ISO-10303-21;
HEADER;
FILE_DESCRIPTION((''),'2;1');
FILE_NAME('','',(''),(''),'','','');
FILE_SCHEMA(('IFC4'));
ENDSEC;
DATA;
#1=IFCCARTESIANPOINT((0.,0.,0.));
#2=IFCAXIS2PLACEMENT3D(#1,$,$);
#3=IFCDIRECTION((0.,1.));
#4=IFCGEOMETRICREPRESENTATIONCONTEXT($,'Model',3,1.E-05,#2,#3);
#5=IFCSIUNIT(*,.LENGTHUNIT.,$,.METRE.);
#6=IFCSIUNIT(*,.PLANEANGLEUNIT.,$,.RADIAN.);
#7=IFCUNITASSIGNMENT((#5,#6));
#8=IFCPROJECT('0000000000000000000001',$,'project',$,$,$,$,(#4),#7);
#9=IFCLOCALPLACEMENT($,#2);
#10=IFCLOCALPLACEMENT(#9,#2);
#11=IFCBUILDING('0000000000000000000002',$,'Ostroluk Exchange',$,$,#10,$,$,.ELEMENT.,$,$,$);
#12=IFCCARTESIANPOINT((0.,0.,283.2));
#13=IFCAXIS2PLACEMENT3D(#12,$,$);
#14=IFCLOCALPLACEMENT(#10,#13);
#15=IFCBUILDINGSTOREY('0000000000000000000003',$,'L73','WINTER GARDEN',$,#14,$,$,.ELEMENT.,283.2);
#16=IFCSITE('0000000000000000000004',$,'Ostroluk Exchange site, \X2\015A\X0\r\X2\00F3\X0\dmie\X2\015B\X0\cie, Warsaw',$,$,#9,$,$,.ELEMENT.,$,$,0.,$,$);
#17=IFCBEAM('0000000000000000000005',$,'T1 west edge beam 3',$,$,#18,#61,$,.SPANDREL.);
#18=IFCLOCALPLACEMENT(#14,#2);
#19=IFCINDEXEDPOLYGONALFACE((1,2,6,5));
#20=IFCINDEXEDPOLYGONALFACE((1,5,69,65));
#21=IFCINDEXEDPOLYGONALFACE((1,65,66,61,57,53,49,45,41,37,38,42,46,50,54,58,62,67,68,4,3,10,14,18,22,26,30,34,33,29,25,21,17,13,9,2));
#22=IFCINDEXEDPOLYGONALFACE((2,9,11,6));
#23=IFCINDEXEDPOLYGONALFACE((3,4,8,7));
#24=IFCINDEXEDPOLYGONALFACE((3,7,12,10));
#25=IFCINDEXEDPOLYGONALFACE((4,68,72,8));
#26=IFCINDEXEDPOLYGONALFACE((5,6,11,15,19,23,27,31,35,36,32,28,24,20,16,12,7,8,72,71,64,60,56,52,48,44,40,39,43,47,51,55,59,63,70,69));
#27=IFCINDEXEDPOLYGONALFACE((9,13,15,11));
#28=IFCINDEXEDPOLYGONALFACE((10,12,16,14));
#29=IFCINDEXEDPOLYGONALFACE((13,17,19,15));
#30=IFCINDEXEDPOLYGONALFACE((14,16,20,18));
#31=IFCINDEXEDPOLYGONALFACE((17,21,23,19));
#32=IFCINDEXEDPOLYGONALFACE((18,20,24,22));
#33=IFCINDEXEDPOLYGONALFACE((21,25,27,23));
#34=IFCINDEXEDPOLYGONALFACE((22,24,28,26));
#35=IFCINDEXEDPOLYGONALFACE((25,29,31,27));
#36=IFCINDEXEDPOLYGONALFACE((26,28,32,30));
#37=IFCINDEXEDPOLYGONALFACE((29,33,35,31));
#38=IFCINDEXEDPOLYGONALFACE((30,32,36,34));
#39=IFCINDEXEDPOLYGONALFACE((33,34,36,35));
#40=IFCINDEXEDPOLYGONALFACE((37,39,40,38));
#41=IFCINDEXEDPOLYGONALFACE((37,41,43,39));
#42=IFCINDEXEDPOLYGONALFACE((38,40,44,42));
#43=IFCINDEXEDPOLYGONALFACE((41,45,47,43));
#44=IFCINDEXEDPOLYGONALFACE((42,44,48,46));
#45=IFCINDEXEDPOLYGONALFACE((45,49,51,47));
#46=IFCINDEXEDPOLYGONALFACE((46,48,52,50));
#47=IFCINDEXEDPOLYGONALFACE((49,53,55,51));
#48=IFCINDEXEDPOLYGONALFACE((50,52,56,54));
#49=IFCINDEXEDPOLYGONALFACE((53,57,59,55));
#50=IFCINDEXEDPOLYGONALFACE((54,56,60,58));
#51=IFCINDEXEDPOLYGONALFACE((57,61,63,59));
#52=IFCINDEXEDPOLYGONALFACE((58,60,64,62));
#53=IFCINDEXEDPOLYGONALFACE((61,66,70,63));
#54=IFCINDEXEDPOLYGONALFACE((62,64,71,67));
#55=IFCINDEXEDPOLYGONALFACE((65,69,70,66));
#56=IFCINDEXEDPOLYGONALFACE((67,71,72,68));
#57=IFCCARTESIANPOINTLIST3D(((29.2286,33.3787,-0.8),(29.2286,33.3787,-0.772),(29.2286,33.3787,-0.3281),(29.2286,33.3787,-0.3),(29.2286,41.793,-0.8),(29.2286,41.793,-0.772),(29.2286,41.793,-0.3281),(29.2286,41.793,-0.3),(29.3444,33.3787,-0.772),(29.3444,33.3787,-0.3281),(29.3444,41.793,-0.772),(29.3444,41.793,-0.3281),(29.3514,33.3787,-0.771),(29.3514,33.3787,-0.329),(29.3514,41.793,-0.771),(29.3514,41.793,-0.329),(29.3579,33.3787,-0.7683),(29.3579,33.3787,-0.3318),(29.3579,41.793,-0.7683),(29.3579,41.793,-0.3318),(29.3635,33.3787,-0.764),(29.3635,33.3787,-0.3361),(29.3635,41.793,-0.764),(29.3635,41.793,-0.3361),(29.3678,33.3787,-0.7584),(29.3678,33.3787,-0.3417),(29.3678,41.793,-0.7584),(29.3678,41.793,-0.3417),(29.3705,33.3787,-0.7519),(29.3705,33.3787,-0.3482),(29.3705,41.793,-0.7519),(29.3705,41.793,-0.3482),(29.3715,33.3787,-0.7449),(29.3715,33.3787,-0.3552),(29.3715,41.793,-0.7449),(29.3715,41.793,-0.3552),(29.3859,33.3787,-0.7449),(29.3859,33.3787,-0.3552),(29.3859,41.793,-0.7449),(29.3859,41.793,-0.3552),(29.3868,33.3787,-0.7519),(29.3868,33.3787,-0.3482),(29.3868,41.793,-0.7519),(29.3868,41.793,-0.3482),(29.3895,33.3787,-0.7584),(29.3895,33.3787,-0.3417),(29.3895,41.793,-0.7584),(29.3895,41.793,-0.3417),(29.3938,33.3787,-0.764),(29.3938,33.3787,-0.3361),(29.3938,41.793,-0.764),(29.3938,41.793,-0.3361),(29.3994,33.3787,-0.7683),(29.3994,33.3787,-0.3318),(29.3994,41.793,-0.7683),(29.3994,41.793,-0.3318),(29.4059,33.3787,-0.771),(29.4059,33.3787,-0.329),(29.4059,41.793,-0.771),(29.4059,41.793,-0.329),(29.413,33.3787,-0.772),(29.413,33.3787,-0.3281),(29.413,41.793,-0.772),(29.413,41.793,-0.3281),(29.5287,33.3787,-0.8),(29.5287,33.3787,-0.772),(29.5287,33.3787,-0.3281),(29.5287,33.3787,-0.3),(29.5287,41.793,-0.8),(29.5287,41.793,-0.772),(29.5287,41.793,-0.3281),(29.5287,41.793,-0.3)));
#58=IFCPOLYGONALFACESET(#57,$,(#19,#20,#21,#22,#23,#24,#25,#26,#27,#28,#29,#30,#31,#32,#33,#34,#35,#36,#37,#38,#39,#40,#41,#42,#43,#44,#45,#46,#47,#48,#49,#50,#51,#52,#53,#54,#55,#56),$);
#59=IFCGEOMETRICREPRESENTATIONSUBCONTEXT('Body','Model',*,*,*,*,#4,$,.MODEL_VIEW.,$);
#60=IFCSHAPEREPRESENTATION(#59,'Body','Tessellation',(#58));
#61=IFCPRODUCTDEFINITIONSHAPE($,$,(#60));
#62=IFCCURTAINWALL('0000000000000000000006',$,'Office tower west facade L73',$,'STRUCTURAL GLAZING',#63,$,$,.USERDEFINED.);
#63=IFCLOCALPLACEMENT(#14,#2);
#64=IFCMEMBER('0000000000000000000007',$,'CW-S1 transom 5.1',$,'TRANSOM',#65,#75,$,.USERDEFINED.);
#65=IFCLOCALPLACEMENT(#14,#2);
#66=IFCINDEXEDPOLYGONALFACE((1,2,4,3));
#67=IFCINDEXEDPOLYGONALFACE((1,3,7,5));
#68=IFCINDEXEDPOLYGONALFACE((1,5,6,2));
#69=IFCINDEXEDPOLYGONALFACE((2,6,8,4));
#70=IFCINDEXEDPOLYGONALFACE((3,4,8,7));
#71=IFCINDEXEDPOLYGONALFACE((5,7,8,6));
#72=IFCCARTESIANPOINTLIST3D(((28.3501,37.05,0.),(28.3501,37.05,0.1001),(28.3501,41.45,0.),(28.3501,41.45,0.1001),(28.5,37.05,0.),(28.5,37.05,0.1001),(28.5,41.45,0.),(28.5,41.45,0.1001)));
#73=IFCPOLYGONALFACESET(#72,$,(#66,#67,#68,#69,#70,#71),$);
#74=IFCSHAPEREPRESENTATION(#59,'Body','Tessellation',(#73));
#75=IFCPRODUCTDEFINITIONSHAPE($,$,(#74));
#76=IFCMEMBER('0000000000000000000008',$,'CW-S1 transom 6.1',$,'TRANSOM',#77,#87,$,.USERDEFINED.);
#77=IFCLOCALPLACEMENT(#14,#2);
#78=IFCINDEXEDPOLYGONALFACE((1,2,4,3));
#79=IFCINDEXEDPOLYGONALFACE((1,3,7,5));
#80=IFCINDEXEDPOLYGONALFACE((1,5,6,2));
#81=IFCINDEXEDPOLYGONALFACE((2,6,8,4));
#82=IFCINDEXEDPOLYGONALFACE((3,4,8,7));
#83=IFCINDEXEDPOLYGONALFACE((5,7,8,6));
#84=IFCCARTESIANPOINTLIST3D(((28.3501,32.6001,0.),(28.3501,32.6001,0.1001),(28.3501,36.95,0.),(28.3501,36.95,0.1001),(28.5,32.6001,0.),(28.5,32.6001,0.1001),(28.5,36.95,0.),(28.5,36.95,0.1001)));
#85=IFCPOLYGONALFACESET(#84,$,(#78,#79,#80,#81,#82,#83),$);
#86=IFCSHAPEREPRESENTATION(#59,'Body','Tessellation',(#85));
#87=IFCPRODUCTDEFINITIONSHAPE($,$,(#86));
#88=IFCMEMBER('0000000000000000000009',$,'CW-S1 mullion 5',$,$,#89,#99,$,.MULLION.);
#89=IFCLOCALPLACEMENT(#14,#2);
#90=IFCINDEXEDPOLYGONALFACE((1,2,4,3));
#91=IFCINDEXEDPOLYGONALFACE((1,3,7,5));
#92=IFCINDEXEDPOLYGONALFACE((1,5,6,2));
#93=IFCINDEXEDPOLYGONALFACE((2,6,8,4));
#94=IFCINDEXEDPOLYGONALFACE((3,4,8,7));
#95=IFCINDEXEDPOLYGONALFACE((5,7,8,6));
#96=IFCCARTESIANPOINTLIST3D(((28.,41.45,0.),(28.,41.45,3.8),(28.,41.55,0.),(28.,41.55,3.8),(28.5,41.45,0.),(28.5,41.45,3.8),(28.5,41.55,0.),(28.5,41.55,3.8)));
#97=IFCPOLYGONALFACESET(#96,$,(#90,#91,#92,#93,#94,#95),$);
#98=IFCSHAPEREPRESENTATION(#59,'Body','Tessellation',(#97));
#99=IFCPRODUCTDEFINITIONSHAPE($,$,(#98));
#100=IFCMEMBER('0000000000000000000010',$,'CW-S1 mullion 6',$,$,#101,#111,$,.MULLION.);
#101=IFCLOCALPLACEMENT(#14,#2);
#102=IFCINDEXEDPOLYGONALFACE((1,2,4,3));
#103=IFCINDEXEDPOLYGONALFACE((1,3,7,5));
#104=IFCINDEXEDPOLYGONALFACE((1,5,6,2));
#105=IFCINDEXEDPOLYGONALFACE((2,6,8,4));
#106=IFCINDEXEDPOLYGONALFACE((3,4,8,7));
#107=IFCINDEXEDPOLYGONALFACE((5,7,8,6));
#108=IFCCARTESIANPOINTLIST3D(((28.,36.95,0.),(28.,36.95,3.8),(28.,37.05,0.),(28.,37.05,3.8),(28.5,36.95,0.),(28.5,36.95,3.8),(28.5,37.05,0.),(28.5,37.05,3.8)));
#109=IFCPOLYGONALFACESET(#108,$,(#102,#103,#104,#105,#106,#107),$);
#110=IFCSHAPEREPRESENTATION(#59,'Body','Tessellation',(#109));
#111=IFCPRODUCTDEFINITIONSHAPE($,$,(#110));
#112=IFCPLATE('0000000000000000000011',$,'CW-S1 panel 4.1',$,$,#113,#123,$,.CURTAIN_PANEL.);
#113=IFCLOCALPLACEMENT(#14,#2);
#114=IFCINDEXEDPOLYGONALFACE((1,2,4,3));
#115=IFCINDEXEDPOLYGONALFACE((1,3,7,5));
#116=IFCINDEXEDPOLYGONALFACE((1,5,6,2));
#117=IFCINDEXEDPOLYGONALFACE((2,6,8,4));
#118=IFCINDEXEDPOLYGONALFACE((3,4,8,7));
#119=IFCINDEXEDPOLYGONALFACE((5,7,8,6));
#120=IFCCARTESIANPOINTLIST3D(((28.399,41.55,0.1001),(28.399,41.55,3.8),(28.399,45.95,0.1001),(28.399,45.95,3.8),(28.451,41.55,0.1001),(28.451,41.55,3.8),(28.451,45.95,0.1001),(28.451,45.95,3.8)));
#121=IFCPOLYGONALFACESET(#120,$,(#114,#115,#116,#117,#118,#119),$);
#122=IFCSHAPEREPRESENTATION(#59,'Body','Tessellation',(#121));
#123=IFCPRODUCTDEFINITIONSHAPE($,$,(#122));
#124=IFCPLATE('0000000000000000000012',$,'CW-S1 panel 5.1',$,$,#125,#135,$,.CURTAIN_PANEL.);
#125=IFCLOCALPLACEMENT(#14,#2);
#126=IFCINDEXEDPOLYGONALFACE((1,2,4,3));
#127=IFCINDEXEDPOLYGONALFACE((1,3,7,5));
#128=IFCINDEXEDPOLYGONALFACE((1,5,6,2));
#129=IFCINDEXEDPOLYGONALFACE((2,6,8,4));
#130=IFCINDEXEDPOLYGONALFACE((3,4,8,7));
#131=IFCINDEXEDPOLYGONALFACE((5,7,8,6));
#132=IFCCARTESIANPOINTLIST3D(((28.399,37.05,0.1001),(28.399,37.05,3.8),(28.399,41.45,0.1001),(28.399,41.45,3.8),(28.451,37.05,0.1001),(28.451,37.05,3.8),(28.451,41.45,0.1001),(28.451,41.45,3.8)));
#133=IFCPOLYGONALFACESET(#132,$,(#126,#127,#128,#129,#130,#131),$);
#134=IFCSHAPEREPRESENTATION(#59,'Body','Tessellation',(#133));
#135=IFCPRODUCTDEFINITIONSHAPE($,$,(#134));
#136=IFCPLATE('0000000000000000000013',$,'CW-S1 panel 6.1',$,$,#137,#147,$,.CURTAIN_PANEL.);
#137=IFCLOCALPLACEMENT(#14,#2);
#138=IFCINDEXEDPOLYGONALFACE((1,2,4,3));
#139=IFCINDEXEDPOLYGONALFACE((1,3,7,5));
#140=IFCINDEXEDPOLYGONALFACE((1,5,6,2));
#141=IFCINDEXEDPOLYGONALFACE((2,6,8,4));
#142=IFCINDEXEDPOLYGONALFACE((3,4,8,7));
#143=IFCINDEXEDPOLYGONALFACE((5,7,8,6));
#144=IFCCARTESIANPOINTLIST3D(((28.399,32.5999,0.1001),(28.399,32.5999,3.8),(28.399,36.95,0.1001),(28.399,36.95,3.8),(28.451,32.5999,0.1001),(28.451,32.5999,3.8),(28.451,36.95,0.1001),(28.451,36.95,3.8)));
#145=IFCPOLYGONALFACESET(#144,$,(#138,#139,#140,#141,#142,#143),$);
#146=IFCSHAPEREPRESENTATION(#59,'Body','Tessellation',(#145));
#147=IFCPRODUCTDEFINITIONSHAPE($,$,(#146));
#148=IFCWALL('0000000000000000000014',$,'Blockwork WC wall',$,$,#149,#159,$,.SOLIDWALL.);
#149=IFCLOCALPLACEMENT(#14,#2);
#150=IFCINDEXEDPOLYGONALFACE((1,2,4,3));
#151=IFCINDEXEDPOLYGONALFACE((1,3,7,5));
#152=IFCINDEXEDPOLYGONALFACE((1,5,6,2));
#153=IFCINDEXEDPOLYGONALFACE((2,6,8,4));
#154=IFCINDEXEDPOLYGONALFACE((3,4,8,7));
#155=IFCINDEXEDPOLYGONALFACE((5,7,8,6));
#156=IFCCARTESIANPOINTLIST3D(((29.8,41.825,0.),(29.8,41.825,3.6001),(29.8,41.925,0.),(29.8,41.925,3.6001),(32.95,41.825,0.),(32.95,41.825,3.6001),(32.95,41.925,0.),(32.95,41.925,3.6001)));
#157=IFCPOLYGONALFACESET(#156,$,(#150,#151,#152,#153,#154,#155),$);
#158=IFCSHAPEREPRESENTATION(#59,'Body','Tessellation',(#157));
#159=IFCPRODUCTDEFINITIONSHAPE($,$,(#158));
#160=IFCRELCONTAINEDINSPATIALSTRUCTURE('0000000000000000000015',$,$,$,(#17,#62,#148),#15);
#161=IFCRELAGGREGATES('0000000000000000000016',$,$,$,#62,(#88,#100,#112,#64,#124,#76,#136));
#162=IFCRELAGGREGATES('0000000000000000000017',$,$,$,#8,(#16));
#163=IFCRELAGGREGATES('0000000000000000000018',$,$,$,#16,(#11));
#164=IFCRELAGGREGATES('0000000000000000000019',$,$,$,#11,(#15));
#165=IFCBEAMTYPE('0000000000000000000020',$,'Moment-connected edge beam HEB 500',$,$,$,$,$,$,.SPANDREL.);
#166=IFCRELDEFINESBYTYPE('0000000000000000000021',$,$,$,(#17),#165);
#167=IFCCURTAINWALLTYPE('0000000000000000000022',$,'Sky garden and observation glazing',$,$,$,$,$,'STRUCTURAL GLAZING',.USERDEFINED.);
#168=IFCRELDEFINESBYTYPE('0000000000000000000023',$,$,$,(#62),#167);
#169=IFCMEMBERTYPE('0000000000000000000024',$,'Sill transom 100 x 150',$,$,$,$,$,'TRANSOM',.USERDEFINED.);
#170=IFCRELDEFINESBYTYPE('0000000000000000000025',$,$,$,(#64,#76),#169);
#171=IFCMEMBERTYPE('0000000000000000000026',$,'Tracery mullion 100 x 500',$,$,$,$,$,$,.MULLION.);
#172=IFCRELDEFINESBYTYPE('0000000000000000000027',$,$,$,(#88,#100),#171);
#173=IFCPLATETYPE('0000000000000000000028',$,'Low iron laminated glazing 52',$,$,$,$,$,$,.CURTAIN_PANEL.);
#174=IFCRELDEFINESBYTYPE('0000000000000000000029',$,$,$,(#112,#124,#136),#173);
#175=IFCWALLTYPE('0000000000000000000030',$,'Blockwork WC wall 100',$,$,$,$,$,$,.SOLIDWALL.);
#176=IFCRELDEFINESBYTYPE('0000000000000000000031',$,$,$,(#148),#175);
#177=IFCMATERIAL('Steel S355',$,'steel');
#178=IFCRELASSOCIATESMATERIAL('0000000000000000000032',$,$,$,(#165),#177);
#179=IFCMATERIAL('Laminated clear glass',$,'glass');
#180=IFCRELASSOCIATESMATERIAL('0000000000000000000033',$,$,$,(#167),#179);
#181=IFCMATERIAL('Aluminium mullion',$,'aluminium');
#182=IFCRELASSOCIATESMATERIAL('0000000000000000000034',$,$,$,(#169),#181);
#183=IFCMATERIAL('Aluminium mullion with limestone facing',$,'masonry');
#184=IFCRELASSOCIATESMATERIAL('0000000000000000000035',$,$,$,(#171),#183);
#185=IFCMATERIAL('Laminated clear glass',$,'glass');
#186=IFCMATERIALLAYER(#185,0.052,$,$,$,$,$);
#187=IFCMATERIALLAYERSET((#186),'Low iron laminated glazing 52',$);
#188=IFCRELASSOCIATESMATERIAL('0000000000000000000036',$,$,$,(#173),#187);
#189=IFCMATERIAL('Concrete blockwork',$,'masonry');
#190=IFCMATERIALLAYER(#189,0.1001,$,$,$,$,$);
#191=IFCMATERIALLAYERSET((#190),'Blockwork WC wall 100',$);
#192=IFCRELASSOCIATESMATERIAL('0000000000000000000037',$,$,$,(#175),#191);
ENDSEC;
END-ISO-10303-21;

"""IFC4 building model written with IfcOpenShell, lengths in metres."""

from ifc_helpers import new_model, si_unit, direction, frame, frame_2d, origin, origin_2d, place, context, subcontext, project, spatial, rectangle, i_section, extrude, material, layer, layer_set, material_profile, profile_set, type_object, element, aggregate, save


model = new_model("IFC4")

# Units and contexts
model_context = context("Model", 3, precision=1e-05, world=origin(), true_north=direction((0.0, 1.0)))
body_context = subcontext(model_context, "Body", "Model", "MODEL_VIEW")
ifc_project = project(units=[si_unit("LENGTHUNIT", "METRE"), si_unit("PLANEANGLEUNIT", "RADIAN")], contexts=[model_context])

# Site, building, storey
site_placement = place(None, origin())
site = spatial("IfcSite", under=ifc_project, at=site_placement, Name="Ostroluk Exchange site, Śródmieście, Warsaw", CompositionType="ELEMENT", RefElevation=0.0)
building_placement = place(site_placement, origin())
building = spatial("IfcBuilding", under=site, at=building_placement, Name="Ostroluk Exchange", CompositionType="ELEMENT")
storey_placement = place(building_placement, frame((0.0, 0.0, 283.2)))
storey = spatial("IfcBuildingStorey", under=building, at=storey_placement, Name="L73", Description="WINTER GARDEN", CompositionType="ELEMENT", Elevation=283.2)

# Beam
ifc_material_1 = material(Name="Steel S355", Category="steel")
ifc_material_profile_1 = material_profile(ifc_material_1, i_section(OverallWidth=0.3, OverallDepth=0.5, WebThickness=0.0144, FlangeThickness=0.0281, FilletRadius=0.0271, at=origin_2d()), Name="HEB 500")
ifc_profile_set_1 = profile_set([ifc_material_profile_1], Name="Steel S355")
beam_type_1 = type_object("IfcBeamType", Name="Moment-connected edge beam HEB 500", PredefinedType="SPANDREL", material=ifc_profile_set_1)
beam_1_placement = place(storey_placement, frame((29.3787, 41.793, -0.55), z_axis=(0.0, -1.0, 0.0), x_axis=(1.0, 0.0, 0.0)))
element("IfcBeam", 1, at=beam_1_placement, inside=storey, type_object=beam_type_1, Name="T1 west edge beam 3", PredefinedType="SPANDREL", context=body_context, shape_type="SweptSolid", body=[
    extrude(i_section(OverallWidth=0.3, OverallDepth=0.5, WebThickness=0.0144, FlangeThickness=0.0281, FilletRadius=0.0271, at=origin_2d()), origin(), (0.0, 0.0, 1.0), 8.4143),
])

# Curtain wall, members, plates
ifc_material_2 = material(Name="Laminated clear glass", Category="glass")
curtain_wall_type = type_object("IfcCurtainWallType", Name="Sky garden and observation glazing", ElementType="STRUCTURAL GLAZING", PredefinedType="USERDEFINED", material=ifc_material_2)
curtain_wall_placement = place(storey_placement, origin())
curtain_wall = element("IfcCurtainWall", 2, at=curtain_wall_placement, inside=storey, type_object=curtain_wall_type, Name="Office tower west facade L73", ObjectType="STRUCTURAL GLAZING", PredefinedType="USERDEFINED")
ifc_material_3 = material(Name="Aluminium mullion", Category="aluminium")
ifc_material_profile_2 = material_profile(ifc_material_3, rectangle(XDim=0.1499, YDim=0.1001, at=origin_2d()), Name="Sill transom 100 x 150")
ifc_profile_set_2 = profile_set([ifc_material_profile_2], Name="Aluminium mullion")
member_type_1 = type_object("IfcMemberType", Name="Sill transom 100 x 150", ElementType="TRANSOM", PredefinedType="USERDEFINED", material=ifc_profile_set_2)
member_1_placement = place(storey_placement, frame((28.425, 41.45, 0.05), z_axis=(0.0, -1.0, 0.0), x_axis=(1.0, 0.0, 0.0)))
member_1 = element("IfcMember", 3, at=member_1_placement, type_object=member_type_1, Name="CW-S1 transom 5.1", ObjectType="TRANSOM", PredefinedType="USERDEFINED", context=body_context, shape_type="SweptSolid", body=[
    extrude(rectangle(XDim=0.1499, YDim=0.1001, at=origin_2d()), origin(), (0.0, 0.0, 1.0), 4.3999),
])
member_2_placement = place(storey_placement, frame((28.425, 36.95, 0.05), z_axis=(0.0, -1.0, 0.0), x_axis=(1.0, 0.0, 0.0)))
member_2 = element("IfcMember", 4, at=member_2_placement, type_object=member_type_1, Name="CW-S1 transom 6.1", ObjectType="TRANSOM", PredefinedType="USERDEFINED", context=body_context, shape_type="SweptSolid", body=[
    extrude(rectangle(XDim=0.1499, YDim=0.1001, at=origin_2d()), origin(), (0.0, 0.0, 1.0), 4.3499),
])
ifc_material_4 = material(Name="Aluminium mullion with limestone facing", Category="masonry")
ifc_material_profile_3 = material_profile(ifc_material_4, rectangle(XDim=0.5, YDim=0.1001, at=origin_2d()), Name="Tracery mullion 100 x 500")
ifc_profile_set_3 = profile_set([ifc_material_profile_3], Name="Aluminium mullion with limestone facing")
member_type_2 = type_object("IfcMemberType", Name="Tracery mullion 100 x 500", PredefinedType="MULLION", material=ifc_profile_set_3)
member_3_placement = place(storey_placement, frame((28.25, 41.5, 0.0), z_axis=(0.0, 0.0, 1.0), x_axis=(1.0, 0.0, 0.0)))
member_3 = element("IfcMember", 5, at=member_3_placement, type_object=member_type_2, Name="CW-S1 mullion 5", PredefinedType="MULLION", context=body_context, shape_type="SweptSolid", body=[
    extrude(rectangle(XDim=0.5, YDim=0.1001, at=origin_2d()), origin(), (0.0, 0.0, 1.0), 3.8),
])
member_4_placement = place(storey_placement, frame((28.25, 37.0, 0.0), z_axis=(0.0, 0.0, 1.0), x_axis=(1.0, 0.0, 0.0)))
member_4 = element("IfcMember", 6, at=member_4_placement, type_object=member_type_2, Name="CW-S1 mullion 6", PredefinedType="MULLION", context=body_context, shape_type="SweptSolid", body=[
    extrude(rectangle(XDim=0.5, YDim=0.1001, at=origin_2d()), origin(), (0.0, 0.0, 1.0), 3.8),
])
ifc_material_5 = material(Name="Laminated clear glass", Category="glass")
ifc_layer_1 = layer(ifc_material_5, 0.052)
ifc_layer_set_1 = layer_set([ifc_layer_1], Name="Low iron laminated glazing 52")
plate_type = type_object("IfcPlateType", Name="Low iron laminated glazing 52", PredefinedType="CURTAIN_PANEL", material=ifc_layer_set_1)
plate_1_placement = place(storey_placement, frame((28.425, 43.75, 0.1001), z_axis=(0.0, 0.0, 1.0), x_axis=(0.0, -1.0, 0.0)))
plate_1 = element("IfcPlate", 7, at=plate_1_placement, type_object=plate_type, Name="CW-S1 panel 4.1", PredefinedType="CURTAIN_PANEL", context=body_context, shape_type="SweptSolid", body=[
    extrude(rectangle(XDim=4.3999, YDim=0.052, at=origin_2d()), origin(), (0.0, 0.0, 1.0), 3.7),
])
plate_2_placement = place(storey_placement, frame((28.425, 39.25, 0.1001), z_axis=(0.0, 0.0, 1.0), x_axis=(0.0, -1.0, 0.0)))
plate_2 = element("IfcPlate", 8, at=plate_2_placement, type_object=plate_type, Name="CW-S1 panel 5.1", PredefinedType="CURTAIN_PANEL", context=body_context, shape_type="SweptSolid", body=[
    extrude(rectangle(XDim=4.3999, YDim=0.052, at=origin_2d()), origin(), (0.0, 0.0, 1.0), 3.7),
])
plate_3_placement = place(storey_placement, frame((28.425, 34.7749, 0.1001), z_axis=(0.0, 0.0, 1.0), x_axis=(0.0, -1.0, 0.0)))
plate_3 = element("IfcPlate", 9, at=plate_3_placement, type_object=plate_type, Name="CW-S1 panel 6.1", PredefinedType="CURTAIN_PANEL", context=body_context, shape_type="SweptSolid", body=[
    extrude(rectangle(XDim=4.3501, YDim=0.052, at=origin_2d()), origin(), (0.0, 0.0, 1.0), 3.7),
])
aggregate(curtain_wall, [member_3, member_4, plate_1, member_1, plate_2, member_2, plate_3])

# Wall
ifc_material_6 = material(Name="Concrete blockwork", Category="masonry")
ifc_layer_2 = layer(ifc_material_6, 0.1001)
ifc_layer_set_2 = layer_set([ifc_layer_2], Name="Blockwork WC wall 100")
wall_type_1 = type_object("IfcWallType", Name="Blockwork WC wall 100", PredefinedType="SOLIDWALL", material=ifc_layer_set_2)
wall_1_placement = place(storey_placement, frame((32.95, 41.875, 0.0), z_axis=(0.0, 0.0, 1.0), x_axis=(-1.0, 0.0, 0.0)))
element("IfcWall", 10, at=wall_1_placement, inside=storey, type_object=wall_type_1, Name="Blockwork WC wall", PredefinedType="SOLIDWALL", context=body_context, shape_type="SweptSolid", body=[
    extrude(rectangle(XDim=3.1499, YDim=0.1001, at=frame_2d((1.575, 0.0))), origin(), (0.0, 0.0, 1.0), 3.6001),
])

save(model, "model.ifc")
